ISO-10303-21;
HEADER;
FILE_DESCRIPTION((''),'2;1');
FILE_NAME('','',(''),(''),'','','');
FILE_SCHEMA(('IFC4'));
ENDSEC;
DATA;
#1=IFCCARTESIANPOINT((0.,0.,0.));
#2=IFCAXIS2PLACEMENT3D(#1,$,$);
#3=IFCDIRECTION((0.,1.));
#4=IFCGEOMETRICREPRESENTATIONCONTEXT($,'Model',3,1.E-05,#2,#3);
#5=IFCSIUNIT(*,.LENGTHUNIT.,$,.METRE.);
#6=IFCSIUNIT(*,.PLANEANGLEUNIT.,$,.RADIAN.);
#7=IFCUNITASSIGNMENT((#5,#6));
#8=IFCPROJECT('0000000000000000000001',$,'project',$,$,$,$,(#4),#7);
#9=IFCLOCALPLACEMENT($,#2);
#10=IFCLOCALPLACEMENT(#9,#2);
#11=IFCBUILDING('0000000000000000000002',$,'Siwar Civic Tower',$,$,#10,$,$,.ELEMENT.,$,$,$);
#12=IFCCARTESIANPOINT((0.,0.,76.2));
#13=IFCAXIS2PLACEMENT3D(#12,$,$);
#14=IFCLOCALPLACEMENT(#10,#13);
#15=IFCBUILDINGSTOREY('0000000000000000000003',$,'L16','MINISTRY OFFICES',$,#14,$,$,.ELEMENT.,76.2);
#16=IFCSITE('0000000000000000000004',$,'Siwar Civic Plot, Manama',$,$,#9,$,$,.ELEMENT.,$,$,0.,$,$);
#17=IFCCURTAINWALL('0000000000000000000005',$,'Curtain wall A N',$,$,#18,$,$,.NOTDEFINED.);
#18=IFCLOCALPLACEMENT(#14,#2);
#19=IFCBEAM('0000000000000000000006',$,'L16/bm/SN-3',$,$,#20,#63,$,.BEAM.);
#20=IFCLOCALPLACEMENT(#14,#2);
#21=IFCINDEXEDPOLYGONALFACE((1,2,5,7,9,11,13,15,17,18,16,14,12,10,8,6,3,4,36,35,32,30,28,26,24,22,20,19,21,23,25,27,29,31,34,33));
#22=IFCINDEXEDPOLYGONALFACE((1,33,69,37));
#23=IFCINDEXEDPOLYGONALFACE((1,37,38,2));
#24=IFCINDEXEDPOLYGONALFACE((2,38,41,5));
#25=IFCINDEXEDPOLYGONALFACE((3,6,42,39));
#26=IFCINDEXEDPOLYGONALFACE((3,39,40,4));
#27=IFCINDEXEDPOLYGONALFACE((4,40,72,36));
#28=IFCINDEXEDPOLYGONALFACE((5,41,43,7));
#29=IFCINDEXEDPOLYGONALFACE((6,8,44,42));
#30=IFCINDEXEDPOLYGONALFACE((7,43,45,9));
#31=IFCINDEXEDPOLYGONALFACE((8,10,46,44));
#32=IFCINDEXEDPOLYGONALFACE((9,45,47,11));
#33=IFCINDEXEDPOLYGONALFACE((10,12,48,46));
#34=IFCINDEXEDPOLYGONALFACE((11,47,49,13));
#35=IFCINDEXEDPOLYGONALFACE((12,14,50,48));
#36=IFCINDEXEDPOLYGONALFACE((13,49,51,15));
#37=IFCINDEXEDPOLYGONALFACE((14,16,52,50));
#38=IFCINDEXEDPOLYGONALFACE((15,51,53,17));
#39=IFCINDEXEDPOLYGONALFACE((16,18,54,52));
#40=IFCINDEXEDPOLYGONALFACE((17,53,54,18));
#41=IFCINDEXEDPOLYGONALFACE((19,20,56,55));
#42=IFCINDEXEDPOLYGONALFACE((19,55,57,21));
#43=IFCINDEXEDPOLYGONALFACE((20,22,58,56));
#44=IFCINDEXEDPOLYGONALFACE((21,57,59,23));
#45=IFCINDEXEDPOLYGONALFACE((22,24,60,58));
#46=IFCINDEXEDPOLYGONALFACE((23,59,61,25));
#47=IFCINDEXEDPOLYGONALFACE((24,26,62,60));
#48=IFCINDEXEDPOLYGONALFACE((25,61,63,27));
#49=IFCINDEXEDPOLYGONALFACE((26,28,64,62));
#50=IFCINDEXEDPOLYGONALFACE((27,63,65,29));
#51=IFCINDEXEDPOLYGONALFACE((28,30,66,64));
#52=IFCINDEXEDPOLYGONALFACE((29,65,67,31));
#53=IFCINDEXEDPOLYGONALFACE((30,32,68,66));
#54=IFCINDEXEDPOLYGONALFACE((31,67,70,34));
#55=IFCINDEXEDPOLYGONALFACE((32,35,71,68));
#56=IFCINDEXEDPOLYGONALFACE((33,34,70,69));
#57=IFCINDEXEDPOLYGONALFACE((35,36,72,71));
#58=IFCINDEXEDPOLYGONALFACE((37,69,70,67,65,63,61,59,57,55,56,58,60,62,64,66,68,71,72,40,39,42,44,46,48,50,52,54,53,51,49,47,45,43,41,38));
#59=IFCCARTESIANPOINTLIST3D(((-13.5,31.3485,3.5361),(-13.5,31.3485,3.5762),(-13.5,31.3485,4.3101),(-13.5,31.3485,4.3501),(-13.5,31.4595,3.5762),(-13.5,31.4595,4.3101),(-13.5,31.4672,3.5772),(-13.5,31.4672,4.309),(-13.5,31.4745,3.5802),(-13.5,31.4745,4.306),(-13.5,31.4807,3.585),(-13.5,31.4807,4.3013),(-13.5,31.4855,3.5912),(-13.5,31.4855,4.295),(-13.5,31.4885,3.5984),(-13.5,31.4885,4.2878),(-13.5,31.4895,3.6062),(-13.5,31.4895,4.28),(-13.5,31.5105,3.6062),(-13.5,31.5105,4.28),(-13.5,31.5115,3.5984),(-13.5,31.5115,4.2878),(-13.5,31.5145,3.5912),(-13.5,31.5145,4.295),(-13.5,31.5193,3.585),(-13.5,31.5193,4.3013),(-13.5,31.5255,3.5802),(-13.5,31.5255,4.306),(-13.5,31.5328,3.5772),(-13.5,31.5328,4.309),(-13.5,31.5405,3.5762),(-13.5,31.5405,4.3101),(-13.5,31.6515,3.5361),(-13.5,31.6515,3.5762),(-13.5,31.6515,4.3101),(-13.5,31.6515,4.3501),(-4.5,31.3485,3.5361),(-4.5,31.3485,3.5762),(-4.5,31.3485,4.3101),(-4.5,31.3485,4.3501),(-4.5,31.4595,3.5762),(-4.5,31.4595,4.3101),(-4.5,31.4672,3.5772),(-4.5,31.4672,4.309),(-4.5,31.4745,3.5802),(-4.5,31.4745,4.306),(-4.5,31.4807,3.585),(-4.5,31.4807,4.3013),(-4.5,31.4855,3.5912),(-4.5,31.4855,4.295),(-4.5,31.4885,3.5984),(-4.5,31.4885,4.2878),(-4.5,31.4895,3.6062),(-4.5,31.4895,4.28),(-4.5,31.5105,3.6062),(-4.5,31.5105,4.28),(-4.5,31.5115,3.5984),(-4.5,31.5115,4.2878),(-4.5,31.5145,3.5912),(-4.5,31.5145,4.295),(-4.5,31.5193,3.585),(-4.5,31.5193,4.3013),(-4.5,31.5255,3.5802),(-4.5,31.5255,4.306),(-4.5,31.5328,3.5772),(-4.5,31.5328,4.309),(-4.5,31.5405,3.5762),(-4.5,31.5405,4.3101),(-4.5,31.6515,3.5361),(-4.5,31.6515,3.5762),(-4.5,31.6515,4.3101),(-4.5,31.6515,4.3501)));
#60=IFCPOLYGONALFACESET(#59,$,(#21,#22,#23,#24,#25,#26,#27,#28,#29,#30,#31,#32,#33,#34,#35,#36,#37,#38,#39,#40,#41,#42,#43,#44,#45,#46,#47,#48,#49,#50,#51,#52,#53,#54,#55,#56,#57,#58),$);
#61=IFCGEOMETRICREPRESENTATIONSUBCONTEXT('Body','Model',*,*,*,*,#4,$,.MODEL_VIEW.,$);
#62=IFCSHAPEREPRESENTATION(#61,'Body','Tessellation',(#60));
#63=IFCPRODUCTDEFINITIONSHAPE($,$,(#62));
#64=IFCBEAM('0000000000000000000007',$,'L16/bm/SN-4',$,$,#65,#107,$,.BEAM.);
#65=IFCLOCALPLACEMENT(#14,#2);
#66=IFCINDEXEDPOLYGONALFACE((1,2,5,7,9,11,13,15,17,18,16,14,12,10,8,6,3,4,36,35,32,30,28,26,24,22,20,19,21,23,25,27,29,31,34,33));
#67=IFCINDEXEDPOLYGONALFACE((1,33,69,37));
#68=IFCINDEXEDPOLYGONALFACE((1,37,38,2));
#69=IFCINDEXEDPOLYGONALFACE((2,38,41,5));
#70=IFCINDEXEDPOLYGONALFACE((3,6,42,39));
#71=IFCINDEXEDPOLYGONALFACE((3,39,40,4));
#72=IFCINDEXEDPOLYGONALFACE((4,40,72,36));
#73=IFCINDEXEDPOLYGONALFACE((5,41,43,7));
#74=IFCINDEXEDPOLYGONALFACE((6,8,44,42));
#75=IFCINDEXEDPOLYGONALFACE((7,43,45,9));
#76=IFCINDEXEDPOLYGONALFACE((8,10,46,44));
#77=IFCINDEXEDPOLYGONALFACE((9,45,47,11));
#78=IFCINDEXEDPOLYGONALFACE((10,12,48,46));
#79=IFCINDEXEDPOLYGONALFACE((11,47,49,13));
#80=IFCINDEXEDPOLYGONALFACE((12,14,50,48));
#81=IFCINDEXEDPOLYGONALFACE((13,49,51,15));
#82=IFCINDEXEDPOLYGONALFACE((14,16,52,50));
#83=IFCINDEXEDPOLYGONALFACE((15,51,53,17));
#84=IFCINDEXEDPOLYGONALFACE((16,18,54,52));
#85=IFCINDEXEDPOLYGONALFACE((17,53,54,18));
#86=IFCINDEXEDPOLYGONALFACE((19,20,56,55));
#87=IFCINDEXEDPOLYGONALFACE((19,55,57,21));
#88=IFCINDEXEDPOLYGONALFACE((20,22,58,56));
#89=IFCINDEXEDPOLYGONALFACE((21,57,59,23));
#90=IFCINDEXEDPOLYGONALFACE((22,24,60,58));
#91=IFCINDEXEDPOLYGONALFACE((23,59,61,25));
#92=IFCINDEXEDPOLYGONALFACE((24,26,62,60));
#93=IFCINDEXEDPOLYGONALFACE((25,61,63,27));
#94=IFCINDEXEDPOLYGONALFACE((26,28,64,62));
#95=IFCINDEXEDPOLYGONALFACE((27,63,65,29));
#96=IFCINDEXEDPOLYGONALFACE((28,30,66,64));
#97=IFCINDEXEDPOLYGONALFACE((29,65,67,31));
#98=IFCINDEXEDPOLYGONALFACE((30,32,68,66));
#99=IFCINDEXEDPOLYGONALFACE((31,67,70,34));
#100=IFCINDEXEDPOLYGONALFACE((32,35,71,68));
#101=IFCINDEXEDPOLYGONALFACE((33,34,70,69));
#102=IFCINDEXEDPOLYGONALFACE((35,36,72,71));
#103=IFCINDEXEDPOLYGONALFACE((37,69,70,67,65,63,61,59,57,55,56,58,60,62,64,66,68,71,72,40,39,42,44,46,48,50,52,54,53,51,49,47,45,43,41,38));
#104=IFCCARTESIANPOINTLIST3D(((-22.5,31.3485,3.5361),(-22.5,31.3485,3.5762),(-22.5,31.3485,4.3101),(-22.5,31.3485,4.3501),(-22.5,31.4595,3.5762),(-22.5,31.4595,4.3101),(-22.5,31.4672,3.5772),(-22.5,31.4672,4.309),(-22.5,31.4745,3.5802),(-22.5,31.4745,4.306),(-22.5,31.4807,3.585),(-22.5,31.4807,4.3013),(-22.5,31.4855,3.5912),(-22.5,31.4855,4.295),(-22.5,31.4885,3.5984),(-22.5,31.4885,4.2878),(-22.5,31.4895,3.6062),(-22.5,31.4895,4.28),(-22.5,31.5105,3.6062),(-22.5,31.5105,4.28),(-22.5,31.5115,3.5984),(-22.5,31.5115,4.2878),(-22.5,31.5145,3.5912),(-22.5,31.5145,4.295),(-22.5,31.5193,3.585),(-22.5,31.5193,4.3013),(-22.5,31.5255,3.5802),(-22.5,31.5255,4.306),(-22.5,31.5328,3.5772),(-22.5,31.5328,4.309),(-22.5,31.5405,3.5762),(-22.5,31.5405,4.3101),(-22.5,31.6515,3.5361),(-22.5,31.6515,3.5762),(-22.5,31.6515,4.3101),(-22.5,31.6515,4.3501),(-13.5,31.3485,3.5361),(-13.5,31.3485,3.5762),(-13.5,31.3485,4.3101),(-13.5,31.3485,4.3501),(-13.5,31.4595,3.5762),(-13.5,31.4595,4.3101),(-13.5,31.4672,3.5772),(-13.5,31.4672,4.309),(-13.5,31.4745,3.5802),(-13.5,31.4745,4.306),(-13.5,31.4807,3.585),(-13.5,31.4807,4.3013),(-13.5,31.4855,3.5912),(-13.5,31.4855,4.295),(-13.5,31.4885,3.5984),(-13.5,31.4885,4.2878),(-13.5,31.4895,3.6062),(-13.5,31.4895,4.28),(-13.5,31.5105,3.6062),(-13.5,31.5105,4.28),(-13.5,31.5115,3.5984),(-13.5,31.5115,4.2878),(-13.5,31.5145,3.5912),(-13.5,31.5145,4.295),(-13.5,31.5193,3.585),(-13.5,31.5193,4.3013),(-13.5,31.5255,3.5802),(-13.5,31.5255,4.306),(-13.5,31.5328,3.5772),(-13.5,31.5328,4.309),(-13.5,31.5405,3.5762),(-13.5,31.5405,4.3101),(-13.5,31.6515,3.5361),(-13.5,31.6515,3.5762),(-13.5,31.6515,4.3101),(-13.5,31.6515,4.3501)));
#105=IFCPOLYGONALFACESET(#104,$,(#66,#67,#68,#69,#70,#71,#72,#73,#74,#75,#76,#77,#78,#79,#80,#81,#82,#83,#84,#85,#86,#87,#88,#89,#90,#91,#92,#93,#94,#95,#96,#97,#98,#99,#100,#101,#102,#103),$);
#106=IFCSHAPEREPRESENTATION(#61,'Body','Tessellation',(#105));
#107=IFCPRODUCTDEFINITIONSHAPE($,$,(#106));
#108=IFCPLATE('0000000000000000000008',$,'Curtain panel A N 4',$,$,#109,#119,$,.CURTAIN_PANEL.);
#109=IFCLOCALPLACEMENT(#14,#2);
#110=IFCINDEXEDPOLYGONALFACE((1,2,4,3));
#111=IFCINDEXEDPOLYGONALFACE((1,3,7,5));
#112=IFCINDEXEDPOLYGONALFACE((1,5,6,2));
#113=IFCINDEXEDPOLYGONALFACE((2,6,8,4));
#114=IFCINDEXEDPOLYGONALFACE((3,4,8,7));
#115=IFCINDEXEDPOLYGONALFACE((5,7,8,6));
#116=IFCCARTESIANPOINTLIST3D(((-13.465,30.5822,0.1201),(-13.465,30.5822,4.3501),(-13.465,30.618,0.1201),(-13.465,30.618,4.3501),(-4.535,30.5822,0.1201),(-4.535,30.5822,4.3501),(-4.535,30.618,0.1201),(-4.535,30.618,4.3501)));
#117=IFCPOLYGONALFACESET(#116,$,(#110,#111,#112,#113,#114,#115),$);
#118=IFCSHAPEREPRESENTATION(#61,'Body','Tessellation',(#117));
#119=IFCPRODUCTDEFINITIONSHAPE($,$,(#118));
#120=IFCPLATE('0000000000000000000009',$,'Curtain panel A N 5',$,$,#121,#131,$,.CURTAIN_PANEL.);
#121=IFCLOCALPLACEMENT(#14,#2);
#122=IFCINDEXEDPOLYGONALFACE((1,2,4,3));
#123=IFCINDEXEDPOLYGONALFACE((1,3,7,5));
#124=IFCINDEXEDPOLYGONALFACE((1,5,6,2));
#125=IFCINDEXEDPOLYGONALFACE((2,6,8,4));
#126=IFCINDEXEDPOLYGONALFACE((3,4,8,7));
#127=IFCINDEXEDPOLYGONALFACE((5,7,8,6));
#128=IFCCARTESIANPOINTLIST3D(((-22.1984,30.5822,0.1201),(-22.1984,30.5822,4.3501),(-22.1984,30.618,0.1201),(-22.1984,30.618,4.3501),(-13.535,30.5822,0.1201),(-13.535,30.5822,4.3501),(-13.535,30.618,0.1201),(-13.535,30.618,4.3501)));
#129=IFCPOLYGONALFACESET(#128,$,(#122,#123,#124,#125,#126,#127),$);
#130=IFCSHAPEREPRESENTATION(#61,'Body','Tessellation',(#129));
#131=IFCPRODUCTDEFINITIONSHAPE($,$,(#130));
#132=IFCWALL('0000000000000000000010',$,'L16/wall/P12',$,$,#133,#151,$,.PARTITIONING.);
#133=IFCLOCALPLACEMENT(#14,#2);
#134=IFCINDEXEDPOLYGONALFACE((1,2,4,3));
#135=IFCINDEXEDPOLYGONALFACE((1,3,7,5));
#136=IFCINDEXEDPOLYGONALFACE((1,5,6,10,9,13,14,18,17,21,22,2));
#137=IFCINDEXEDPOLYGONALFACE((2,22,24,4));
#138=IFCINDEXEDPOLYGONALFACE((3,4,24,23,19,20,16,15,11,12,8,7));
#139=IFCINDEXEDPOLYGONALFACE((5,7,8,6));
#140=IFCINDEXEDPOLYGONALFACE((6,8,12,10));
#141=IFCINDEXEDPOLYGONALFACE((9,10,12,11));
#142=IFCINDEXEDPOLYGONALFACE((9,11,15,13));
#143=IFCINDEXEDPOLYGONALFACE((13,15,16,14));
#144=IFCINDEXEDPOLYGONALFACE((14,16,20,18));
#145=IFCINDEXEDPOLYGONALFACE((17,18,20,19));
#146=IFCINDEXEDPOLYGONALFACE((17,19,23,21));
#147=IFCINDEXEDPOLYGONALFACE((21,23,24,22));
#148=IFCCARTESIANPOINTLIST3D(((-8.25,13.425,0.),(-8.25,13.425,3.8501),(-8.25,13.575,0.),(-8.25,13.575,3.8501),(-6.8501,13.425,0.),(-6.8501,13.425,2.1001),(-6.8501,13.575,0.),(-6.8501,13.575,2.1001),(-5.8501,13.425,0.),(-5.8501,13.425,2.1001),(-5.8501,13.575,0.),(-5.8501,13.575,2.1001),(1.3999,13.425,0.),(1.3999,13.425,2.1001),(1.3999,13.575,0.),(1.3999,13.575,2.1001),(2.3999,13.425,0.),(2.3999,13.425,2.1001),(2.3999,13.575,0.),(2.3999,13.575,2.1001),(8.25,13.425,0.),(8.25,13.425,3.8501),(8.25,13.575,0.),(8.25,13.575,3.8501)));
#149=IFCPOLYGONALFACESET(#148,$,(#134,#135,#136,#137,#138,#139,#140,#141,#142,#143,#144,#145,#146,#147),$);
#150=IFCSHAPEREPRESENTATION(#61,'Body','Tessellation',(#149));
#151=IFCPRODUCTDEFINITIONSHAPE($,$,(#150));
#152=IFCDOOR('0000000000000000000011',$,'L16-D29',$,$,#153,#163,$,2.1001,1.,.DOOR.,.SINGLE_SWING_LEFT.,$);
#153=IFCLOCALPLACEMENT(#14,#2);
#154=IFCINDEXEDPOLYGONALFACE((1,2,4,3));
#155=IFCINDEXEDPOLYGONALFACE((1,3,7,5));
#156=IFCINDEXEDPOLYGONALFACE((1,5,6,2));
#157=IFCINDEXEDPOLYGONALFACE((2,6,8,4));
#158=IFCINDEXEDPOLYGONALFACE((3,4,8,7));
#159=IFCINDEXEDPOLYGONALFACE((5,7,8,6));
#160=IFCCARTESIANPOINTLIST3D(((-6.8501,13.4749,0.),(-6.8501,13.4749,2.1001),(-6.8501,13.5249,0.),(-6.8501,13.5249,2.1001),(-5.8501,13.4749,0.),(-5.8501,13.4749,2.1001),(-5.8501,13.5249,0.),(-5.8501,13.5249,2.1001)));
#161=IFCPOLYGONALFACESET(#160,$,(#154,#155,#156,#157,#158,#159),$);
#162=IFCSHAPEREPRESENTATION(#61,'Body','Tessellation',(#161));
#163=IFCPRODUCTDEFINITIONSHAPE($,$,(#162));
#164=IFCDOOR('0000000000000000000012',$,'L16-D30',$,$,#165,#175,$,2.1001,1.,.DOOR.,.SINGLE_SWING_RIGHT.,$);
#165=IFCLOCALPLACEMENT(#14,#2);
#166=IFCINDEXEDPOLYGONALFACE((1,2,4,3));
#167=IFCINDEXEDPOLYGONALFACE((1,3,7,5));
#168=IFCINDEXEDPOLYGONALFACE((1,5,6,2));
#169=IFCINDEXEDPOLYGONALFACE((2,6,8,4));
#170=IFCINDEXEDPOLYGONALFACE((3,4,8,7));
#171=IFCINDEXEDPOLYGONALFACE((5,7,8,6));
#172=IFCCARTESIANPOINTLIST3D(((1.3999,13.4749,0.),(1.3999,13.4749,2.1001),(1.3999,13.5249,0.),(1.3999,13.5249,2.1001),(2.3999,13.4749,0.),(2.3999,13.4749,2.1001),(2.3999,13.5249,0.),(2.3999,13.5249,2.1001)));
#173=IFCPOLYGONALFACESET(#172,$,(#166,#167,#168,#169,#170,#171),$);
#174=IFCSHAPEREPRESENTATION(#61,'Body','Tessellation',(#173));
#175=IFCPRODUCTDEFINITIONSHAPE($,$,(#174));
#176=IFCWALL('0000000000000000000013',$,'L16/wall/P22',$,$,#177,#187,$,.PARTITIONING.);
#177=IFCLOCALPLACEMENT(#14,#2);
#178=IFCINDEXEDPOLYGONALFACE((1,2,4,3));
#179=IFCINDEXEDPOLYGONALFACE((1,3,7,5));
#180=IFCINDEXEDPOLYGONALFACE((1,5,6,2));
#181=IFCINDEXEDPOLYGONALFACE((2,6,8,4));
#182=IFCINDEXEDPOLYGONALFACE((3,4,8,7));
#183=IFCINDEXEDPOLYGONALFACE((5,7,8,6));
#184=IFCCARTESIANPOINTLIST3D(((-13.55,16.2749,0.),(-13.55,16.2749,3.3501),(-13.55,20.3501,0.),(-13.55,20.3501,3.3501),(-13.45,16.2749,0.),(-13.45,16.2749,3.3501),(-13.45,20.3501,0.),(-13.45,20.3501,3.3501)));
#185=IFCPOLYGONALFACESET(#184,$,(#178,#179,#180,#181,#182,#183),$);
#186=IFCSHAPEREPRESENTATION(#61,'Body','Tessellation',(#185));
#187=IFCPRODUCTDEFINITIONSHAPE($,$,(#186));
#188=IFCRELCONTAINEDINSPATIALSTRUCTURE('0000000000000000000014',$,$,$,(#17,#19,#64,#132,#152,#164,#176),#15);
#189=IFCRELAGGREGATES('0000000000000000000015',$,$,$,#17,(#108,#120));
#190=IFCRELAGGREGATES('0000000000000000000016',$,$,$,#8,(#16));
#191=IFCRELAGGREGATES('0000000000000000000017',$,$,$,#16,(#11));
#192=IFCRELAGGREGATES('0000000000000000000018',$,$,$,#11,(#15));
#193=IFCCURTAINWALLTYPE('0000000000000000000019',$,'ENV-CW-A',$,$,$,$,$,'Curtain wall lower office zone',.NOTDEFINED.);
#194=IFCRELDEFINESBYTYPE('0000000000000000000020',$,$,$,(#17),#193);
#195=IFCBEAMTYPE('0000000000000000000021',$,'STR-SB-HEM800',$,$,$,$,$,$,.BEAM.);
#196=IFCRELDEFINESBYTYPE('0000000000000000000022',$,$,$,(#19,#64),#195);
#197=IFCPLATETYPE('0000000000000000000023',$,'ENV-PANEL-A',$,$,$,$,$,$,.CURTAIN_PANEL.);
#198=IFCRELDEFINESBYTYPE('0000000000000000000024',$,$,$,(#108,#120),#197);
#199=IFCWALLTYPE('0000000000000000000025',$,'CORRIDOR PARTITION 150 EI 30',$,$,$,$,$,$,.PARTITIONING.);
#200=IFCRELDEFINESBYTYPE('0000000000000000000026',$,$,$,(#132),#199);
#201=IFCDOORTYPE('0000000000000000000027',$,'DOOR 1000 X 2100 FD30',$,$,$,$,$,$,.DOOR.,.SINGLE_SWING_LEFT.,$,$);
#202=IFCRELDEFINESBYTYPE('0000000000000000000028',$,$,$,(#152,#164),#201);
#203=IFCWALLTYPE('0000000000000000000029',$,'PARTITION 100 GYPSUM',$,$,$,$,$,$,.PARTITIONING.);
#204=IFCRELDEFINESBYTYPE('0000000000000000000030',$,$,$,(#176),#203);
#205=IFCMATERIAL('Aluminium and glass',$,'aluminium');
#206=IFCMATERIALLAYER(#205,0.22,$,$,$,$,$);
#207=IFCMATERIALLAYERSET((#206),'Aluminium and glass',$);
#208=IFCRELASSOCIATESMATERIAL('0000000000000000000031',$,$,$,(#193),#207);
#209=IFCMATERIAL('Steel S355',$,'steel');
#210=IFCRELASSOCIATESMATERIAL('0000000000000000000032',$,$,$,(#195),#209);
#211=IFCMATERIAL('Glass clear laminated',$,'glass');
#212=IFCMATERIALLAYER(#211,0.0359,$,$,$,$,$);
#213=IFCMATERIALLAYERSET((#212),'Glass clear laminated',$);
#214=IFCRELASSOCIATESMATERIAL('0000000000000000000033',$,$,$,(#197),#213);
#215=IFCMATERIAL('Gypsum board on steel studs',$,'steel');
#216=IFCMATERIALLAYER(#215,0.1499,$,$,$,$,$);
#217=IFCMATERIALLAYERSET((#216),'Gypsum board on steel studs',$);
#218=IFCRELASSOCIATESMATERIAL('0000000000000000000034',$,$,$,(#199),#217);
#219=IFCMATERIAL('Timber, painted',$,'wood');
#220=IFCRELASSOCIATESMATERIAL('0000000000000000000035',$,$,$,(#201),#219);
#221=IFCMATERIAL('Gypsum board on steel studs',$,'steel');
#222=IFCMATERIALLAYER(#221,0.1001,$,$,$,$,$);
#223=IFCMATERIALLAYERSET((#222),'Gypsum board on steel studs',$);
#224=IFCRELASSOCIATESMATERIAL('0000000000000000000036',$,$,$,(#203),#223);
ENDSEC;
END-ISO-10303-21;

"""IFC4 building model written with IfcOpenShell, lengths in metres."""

from ifc_helpers import new_model, si_unit, direction, frame, frame_2d, origin, origin_2d, place, context, subcontext, project, spatial, rectangle, i_section, extrude, material, layer, layer_set, material_profile, profile_set, type_object, element, fill, aggregate, save


model = new_model("IFC4")

# Units and contexts
model_context = context("Model", 3, precision=1e-05, world=origin(), true_north=direction((0.0, 1.0)))
body_context = subcontext(model_context, "Body", "Model", "MODEL_VIEW")
ifc_project = project(units=[si_unit("LENGTHUNIT", "METRE"), si_unit("PLANEANGLEUNIT", "RADIAN")], contexts=[model_context])

# Site, building, storey
site_placement = place(None, origin())
site = spatial("IfcSite", under=ifc_project, at=site_placement, Name="Siwar Civic Plot, Manama", CompositionType="ELEMENT", RefElevation=0.0)
building_placement = place(site_placement, origin())
building = spatial("IfcBuilding", under=site, at=building_placement, Name="Siwar Civic Tower", CompositionType="ELEMENT")
storey_placement = place(building_placement, frame((0.0, 0.0, 76.2)))
storey = spatial("IfcBuildingStorey", under=building, at=storey_placement, Name="L16", Description="MINISTRY OFFICES", CompositionType="ELEMENT", Elevation=76.2)

# Curtain wall
ifc_material_1 = material(Name="Aluminium and glass", Category="aluminium")
ifc_layer_1 = layer(ifc_material_1, 0.22)
ifc_layer_set_1 = layer_set([ifc_layer_1], Name="Aluminium and glass")
curtain_wall_type = type_object("IfcCurtainWallType", Name="ENV-CW-A", ElementType="Curtain wall lower office zone", PredefinedType="NOTDEFINED", material=ifc_layer_set_1)
curtain_wall_placement = place(storey_placement, origin())
curtain_wall = element("IfcCurtainWall", 1, at=curtain_wall_placement, inside=storey, type_object=curtain_wall_type, Name="Curtain wall A N", PredefinedType="NOTDEFINED")

# Beams
ifc_material_2 = material(Name="Steel S355", Category="steel")
ifc_material_profile_1 = material_profile(ifc_material_2, i_section(OverallWidth=0.303, OverallDepth=0.814, WebThickness=0.021, FlangeThickness=0.04, FilletRadius=0.03, at=origin_2d()), Name="HEM800")
ifc_profile_set_1 = profile_set([ifc_material_profile_1], Name="Steel S355")
beam_type_1 = type_object("IfcBeamType", Name="STR-SB-HEM800", PredefinedType="BEAM", material=ifc_profile_set_1)
for number, where, z_axis, x_axis, name in (
    (2, (-4.5, 31.5, 3.9431), (-1.0, 0.0, 0.0), (0.0, -1.0, 0.0), "L16/bm/SN-3"),
    (3, (-13.5, 31.5, 3.9431), (-1.0, 0.0, 0.0), (0.0, -1.0, 0.0), "L16/bm/SN-4"),
):
    element("IfcBeam", number, at=place(storey_placement, frame(where, z_axis=z_axis, x_axis=x_axis)), inside=storey, type_object=beam_type_1, Name=name, PredefinedType="BEAM", context=body_context, shape_type="SweptSolid", body=[
        extrude(i_section(OverallWidth=0.303, OverallDepth=0.814, WebThickness=0.021, FlangeThickness=0.04, FilletRadius=0.03, at=origin_2d()), origin(), (0.0, 0.0, 1.0), 9.0),
    ])

# Plates
ifc_material_3 = material(Name="Glass clear laminated", Category="glass")
ifc_layer_2 = layer(ifc_material_3, 0.0359)
ifc_layer_set_2 = layer_set([ifc_layer_2], Name="Glass clear laminated")
plate_type = type_object("IfcPlateType", Name="ENV-PANEL-A", PredefinedType="CURTAIN_PANEL", material=ifc_layer_set_2)
plate_1_placement = place(storey_placement, frame((-9.0, 30.6001, 0.1201), z_axis=(0.0, 0.0, 1.0), x_axis=(-1.0, 0.0, 0.0)))
plate_1 = element("IfcPlate", 4, at=plate_1_placement, type_object=plate_type, Name="Curtain panel A N 4", PredefinedType="CURTAIN_PANEL", context=body_context, shape_type="SweptSolid", body=[
    extrude(rectangle(XDim=8.9299, YDim=0.0359, at=origin_2d()), origin(), (0.0, 0.0, 1.0), 4.23),
])
plate_2_placement = place(storey_placement, frame((-17.8667, 30.6001, 0.1201), z_axis=(0.0, 0.0, 1.0), x_axis=(-1.0, 0.0, 0.0)))
plate_2 = element("IfcPlate", 5, at=plate_2_placement, type_object=plate_type, Name="Curtain panel A N 5", PredefinedType="CURTAIN_PANEL", context=body_context, shape_type="SweptSolid", body=[
    extrude(rectangle(XDim=8.6633, YDim=0.0359, at=origin_2d()), origin(), (0.0, 0.0, 1.0), 4.23),
])
aggregate(curtain_wall, [plate_1, plate_2])

# Wall, openings, doors
ifc_material_4 = material(Name="Gypsum board on steel studs", Category="steel")
ifc_layer_3 = layer(ifc_material_4, 0.1499)
ifc_layer_set_3 = layer_set([ifc_layer_3], Name="Gypsum board on steel studs")
wall_type_1 = type_object("IfcWallType", Name="CORRIDOR PARTITION 150 EI 30", PredefinedType="PARTITIONING", material=ifc_layer_set_3)
wall_1_placement = place(storey_placement, frame((-8.25, 13.5, 0.0), z_axis=(0.0, 0.0, 1.0), x_axis=(1.0, 0.0, 0.0)))
wall_1 = element("IfcWall", 6, at=wall_1_placement, inside=storey, type_object=wall_type_1, Name="L16/wall/P12", PredefinedType="PARTITIONING", context=body_context, shape_type="SweptSolid", body=[
    extrude(rectangle(XDim=16.5, YDim=0.1499, at=frame_2d((8.25, 0.0))), origin(), (0.0, 0.0, 1.0), 3.8501),
])
opening_1_placement = place(wall_1_placement, frame((1.3999, 0.0, 0.0)))
opening_1 = element("IfcOpeningElement", 7, at=opening_1_placement, cuts=wall_1, PredefinedType="OPENING", context=body_context, shape_type="SweptSolid", body=[
    extrude(rectangle(XDim=1.0, YDim=2.1001, at=frame_2d((0.5, 1.05))), frame((0.0, 0.085, 0.0), z_axis=(0.0, -1.0, 0.0), x_axis=(1.0, 0.0, 0.0)), (0.0, 0.0, 1.0), 0.1699),
])
opening_2_placement = place(wall_1_placement, frame((9.6499, 0.0, 0.0)))
opening_2 = element("IfcOpeningElement", 8, at=opening_2_placement, cuts=wall_1, PredefinedType="OPENING", context=body_context, shape_type="SweptSolid", body=[
    extrude(rectangle(XDim=1.0, YDim=2.1001, at=frame_2d((0.5, 1.05))), frame((0.0, 0.085, 0.0), z_axis=(0.0, -1.0, 0.0), x_axis=(1.0, 0.0, 0.0)), (0.0, 0.0, 1.0), 0.1699),
])
ifc_material_5 = material(Name="Timber, painted", Category="wood")
door_type = type_object("IfcDoorType", Name="DOOR 1000 X 2100 FD30", OperationType="SINGLE_SWING_LEFT", PredefinedType="DOOR", material=ifc_material_5)
door_1_placement = place(opening_1_placement, origin())
door_1 = element("IfcDoor", 9, at=door_1_placement, inside=storey, type_object=door_type, Name="L16-D29", OperationType="SINGLE_SWING_LEFT", OverallHeight=2.1001, OverallWidth=1.0, PredefinedType="DOOR", context=body_context, shape_type="SweptSolid", body=[
    extrude(rectangle(XDim=1.0, YDim=2.1001, at=frame_2d((0.5, 1.05))), frame((0.0, 0.0249, 0.0), z_axis=(0.0, -1.0, 0.0), x_axis=(1.0, 0.0, 0.0)), (0.0, 0.0, 1.0), 0.05),
])
fill(opening_1, door_1)
door_2_placement = place(opening_2_placement, origin())
door_2 = element("IfcDoor", 10, at=door_2_placement, inside=storey, type_object=door_type, Name="L16-D30", OperationType="SINGLE_SWING_RIGHT", OverallHeight=2.1001, OverallWidth=1.0, PredefinedType="DOOR", context=body_context, shape_type="SweptSolid", body=[
    extrude(rectangle(XDim=1.0, YDim=2.1001, at=frame_2d((0.5, 1.05))), frame((0.0, 0.0249, 0.0), z_axis=(0.0, -1.0, 0.0), x_axis=(1.0, 0.0, 0.0)), (0.0, 0.0, 1.0), 0.05),
])
fill(opening_2, door_2)

# Wall
ifc_material_6 = material(Name="Gypsum board on steel studs", Category="steel")
ifc_layer_4 = layer(ifc_material_6, 0.1001)
ifc_layer_set_4 = layer_set([ifc_layer_4], Name="Gypsum board on steel studs")
wall_type_2 = type_object("IfcWallType", Name="PARTITION 100 GYPSUM", PredefinedType="PARTITIONING", material=ifc_layer_set_4)
wall_2_placement = place(storey_placement, frame((-13.5, 16.2749, 0.0), z_axis=(0.0, 0.0, 1.0), x_axis=(0.0, 1.0, 0.0)))
element("IfcWall", 11, at=wall_2_placement, inside=storey, type_object=wall_type_2, Name="L16/wall/P22", PredefinedType="PARTITIONING", context=body_context, shape_type="SweptSolid", body=[
    extrude(rectangle(XDim=4.0752, YDim=0.1001, at=frame_2d((2.0376, 0.0))), origin(), (0.0, 0.0, 1.0), 3.3501),
])

save(model, "model.ifc")
